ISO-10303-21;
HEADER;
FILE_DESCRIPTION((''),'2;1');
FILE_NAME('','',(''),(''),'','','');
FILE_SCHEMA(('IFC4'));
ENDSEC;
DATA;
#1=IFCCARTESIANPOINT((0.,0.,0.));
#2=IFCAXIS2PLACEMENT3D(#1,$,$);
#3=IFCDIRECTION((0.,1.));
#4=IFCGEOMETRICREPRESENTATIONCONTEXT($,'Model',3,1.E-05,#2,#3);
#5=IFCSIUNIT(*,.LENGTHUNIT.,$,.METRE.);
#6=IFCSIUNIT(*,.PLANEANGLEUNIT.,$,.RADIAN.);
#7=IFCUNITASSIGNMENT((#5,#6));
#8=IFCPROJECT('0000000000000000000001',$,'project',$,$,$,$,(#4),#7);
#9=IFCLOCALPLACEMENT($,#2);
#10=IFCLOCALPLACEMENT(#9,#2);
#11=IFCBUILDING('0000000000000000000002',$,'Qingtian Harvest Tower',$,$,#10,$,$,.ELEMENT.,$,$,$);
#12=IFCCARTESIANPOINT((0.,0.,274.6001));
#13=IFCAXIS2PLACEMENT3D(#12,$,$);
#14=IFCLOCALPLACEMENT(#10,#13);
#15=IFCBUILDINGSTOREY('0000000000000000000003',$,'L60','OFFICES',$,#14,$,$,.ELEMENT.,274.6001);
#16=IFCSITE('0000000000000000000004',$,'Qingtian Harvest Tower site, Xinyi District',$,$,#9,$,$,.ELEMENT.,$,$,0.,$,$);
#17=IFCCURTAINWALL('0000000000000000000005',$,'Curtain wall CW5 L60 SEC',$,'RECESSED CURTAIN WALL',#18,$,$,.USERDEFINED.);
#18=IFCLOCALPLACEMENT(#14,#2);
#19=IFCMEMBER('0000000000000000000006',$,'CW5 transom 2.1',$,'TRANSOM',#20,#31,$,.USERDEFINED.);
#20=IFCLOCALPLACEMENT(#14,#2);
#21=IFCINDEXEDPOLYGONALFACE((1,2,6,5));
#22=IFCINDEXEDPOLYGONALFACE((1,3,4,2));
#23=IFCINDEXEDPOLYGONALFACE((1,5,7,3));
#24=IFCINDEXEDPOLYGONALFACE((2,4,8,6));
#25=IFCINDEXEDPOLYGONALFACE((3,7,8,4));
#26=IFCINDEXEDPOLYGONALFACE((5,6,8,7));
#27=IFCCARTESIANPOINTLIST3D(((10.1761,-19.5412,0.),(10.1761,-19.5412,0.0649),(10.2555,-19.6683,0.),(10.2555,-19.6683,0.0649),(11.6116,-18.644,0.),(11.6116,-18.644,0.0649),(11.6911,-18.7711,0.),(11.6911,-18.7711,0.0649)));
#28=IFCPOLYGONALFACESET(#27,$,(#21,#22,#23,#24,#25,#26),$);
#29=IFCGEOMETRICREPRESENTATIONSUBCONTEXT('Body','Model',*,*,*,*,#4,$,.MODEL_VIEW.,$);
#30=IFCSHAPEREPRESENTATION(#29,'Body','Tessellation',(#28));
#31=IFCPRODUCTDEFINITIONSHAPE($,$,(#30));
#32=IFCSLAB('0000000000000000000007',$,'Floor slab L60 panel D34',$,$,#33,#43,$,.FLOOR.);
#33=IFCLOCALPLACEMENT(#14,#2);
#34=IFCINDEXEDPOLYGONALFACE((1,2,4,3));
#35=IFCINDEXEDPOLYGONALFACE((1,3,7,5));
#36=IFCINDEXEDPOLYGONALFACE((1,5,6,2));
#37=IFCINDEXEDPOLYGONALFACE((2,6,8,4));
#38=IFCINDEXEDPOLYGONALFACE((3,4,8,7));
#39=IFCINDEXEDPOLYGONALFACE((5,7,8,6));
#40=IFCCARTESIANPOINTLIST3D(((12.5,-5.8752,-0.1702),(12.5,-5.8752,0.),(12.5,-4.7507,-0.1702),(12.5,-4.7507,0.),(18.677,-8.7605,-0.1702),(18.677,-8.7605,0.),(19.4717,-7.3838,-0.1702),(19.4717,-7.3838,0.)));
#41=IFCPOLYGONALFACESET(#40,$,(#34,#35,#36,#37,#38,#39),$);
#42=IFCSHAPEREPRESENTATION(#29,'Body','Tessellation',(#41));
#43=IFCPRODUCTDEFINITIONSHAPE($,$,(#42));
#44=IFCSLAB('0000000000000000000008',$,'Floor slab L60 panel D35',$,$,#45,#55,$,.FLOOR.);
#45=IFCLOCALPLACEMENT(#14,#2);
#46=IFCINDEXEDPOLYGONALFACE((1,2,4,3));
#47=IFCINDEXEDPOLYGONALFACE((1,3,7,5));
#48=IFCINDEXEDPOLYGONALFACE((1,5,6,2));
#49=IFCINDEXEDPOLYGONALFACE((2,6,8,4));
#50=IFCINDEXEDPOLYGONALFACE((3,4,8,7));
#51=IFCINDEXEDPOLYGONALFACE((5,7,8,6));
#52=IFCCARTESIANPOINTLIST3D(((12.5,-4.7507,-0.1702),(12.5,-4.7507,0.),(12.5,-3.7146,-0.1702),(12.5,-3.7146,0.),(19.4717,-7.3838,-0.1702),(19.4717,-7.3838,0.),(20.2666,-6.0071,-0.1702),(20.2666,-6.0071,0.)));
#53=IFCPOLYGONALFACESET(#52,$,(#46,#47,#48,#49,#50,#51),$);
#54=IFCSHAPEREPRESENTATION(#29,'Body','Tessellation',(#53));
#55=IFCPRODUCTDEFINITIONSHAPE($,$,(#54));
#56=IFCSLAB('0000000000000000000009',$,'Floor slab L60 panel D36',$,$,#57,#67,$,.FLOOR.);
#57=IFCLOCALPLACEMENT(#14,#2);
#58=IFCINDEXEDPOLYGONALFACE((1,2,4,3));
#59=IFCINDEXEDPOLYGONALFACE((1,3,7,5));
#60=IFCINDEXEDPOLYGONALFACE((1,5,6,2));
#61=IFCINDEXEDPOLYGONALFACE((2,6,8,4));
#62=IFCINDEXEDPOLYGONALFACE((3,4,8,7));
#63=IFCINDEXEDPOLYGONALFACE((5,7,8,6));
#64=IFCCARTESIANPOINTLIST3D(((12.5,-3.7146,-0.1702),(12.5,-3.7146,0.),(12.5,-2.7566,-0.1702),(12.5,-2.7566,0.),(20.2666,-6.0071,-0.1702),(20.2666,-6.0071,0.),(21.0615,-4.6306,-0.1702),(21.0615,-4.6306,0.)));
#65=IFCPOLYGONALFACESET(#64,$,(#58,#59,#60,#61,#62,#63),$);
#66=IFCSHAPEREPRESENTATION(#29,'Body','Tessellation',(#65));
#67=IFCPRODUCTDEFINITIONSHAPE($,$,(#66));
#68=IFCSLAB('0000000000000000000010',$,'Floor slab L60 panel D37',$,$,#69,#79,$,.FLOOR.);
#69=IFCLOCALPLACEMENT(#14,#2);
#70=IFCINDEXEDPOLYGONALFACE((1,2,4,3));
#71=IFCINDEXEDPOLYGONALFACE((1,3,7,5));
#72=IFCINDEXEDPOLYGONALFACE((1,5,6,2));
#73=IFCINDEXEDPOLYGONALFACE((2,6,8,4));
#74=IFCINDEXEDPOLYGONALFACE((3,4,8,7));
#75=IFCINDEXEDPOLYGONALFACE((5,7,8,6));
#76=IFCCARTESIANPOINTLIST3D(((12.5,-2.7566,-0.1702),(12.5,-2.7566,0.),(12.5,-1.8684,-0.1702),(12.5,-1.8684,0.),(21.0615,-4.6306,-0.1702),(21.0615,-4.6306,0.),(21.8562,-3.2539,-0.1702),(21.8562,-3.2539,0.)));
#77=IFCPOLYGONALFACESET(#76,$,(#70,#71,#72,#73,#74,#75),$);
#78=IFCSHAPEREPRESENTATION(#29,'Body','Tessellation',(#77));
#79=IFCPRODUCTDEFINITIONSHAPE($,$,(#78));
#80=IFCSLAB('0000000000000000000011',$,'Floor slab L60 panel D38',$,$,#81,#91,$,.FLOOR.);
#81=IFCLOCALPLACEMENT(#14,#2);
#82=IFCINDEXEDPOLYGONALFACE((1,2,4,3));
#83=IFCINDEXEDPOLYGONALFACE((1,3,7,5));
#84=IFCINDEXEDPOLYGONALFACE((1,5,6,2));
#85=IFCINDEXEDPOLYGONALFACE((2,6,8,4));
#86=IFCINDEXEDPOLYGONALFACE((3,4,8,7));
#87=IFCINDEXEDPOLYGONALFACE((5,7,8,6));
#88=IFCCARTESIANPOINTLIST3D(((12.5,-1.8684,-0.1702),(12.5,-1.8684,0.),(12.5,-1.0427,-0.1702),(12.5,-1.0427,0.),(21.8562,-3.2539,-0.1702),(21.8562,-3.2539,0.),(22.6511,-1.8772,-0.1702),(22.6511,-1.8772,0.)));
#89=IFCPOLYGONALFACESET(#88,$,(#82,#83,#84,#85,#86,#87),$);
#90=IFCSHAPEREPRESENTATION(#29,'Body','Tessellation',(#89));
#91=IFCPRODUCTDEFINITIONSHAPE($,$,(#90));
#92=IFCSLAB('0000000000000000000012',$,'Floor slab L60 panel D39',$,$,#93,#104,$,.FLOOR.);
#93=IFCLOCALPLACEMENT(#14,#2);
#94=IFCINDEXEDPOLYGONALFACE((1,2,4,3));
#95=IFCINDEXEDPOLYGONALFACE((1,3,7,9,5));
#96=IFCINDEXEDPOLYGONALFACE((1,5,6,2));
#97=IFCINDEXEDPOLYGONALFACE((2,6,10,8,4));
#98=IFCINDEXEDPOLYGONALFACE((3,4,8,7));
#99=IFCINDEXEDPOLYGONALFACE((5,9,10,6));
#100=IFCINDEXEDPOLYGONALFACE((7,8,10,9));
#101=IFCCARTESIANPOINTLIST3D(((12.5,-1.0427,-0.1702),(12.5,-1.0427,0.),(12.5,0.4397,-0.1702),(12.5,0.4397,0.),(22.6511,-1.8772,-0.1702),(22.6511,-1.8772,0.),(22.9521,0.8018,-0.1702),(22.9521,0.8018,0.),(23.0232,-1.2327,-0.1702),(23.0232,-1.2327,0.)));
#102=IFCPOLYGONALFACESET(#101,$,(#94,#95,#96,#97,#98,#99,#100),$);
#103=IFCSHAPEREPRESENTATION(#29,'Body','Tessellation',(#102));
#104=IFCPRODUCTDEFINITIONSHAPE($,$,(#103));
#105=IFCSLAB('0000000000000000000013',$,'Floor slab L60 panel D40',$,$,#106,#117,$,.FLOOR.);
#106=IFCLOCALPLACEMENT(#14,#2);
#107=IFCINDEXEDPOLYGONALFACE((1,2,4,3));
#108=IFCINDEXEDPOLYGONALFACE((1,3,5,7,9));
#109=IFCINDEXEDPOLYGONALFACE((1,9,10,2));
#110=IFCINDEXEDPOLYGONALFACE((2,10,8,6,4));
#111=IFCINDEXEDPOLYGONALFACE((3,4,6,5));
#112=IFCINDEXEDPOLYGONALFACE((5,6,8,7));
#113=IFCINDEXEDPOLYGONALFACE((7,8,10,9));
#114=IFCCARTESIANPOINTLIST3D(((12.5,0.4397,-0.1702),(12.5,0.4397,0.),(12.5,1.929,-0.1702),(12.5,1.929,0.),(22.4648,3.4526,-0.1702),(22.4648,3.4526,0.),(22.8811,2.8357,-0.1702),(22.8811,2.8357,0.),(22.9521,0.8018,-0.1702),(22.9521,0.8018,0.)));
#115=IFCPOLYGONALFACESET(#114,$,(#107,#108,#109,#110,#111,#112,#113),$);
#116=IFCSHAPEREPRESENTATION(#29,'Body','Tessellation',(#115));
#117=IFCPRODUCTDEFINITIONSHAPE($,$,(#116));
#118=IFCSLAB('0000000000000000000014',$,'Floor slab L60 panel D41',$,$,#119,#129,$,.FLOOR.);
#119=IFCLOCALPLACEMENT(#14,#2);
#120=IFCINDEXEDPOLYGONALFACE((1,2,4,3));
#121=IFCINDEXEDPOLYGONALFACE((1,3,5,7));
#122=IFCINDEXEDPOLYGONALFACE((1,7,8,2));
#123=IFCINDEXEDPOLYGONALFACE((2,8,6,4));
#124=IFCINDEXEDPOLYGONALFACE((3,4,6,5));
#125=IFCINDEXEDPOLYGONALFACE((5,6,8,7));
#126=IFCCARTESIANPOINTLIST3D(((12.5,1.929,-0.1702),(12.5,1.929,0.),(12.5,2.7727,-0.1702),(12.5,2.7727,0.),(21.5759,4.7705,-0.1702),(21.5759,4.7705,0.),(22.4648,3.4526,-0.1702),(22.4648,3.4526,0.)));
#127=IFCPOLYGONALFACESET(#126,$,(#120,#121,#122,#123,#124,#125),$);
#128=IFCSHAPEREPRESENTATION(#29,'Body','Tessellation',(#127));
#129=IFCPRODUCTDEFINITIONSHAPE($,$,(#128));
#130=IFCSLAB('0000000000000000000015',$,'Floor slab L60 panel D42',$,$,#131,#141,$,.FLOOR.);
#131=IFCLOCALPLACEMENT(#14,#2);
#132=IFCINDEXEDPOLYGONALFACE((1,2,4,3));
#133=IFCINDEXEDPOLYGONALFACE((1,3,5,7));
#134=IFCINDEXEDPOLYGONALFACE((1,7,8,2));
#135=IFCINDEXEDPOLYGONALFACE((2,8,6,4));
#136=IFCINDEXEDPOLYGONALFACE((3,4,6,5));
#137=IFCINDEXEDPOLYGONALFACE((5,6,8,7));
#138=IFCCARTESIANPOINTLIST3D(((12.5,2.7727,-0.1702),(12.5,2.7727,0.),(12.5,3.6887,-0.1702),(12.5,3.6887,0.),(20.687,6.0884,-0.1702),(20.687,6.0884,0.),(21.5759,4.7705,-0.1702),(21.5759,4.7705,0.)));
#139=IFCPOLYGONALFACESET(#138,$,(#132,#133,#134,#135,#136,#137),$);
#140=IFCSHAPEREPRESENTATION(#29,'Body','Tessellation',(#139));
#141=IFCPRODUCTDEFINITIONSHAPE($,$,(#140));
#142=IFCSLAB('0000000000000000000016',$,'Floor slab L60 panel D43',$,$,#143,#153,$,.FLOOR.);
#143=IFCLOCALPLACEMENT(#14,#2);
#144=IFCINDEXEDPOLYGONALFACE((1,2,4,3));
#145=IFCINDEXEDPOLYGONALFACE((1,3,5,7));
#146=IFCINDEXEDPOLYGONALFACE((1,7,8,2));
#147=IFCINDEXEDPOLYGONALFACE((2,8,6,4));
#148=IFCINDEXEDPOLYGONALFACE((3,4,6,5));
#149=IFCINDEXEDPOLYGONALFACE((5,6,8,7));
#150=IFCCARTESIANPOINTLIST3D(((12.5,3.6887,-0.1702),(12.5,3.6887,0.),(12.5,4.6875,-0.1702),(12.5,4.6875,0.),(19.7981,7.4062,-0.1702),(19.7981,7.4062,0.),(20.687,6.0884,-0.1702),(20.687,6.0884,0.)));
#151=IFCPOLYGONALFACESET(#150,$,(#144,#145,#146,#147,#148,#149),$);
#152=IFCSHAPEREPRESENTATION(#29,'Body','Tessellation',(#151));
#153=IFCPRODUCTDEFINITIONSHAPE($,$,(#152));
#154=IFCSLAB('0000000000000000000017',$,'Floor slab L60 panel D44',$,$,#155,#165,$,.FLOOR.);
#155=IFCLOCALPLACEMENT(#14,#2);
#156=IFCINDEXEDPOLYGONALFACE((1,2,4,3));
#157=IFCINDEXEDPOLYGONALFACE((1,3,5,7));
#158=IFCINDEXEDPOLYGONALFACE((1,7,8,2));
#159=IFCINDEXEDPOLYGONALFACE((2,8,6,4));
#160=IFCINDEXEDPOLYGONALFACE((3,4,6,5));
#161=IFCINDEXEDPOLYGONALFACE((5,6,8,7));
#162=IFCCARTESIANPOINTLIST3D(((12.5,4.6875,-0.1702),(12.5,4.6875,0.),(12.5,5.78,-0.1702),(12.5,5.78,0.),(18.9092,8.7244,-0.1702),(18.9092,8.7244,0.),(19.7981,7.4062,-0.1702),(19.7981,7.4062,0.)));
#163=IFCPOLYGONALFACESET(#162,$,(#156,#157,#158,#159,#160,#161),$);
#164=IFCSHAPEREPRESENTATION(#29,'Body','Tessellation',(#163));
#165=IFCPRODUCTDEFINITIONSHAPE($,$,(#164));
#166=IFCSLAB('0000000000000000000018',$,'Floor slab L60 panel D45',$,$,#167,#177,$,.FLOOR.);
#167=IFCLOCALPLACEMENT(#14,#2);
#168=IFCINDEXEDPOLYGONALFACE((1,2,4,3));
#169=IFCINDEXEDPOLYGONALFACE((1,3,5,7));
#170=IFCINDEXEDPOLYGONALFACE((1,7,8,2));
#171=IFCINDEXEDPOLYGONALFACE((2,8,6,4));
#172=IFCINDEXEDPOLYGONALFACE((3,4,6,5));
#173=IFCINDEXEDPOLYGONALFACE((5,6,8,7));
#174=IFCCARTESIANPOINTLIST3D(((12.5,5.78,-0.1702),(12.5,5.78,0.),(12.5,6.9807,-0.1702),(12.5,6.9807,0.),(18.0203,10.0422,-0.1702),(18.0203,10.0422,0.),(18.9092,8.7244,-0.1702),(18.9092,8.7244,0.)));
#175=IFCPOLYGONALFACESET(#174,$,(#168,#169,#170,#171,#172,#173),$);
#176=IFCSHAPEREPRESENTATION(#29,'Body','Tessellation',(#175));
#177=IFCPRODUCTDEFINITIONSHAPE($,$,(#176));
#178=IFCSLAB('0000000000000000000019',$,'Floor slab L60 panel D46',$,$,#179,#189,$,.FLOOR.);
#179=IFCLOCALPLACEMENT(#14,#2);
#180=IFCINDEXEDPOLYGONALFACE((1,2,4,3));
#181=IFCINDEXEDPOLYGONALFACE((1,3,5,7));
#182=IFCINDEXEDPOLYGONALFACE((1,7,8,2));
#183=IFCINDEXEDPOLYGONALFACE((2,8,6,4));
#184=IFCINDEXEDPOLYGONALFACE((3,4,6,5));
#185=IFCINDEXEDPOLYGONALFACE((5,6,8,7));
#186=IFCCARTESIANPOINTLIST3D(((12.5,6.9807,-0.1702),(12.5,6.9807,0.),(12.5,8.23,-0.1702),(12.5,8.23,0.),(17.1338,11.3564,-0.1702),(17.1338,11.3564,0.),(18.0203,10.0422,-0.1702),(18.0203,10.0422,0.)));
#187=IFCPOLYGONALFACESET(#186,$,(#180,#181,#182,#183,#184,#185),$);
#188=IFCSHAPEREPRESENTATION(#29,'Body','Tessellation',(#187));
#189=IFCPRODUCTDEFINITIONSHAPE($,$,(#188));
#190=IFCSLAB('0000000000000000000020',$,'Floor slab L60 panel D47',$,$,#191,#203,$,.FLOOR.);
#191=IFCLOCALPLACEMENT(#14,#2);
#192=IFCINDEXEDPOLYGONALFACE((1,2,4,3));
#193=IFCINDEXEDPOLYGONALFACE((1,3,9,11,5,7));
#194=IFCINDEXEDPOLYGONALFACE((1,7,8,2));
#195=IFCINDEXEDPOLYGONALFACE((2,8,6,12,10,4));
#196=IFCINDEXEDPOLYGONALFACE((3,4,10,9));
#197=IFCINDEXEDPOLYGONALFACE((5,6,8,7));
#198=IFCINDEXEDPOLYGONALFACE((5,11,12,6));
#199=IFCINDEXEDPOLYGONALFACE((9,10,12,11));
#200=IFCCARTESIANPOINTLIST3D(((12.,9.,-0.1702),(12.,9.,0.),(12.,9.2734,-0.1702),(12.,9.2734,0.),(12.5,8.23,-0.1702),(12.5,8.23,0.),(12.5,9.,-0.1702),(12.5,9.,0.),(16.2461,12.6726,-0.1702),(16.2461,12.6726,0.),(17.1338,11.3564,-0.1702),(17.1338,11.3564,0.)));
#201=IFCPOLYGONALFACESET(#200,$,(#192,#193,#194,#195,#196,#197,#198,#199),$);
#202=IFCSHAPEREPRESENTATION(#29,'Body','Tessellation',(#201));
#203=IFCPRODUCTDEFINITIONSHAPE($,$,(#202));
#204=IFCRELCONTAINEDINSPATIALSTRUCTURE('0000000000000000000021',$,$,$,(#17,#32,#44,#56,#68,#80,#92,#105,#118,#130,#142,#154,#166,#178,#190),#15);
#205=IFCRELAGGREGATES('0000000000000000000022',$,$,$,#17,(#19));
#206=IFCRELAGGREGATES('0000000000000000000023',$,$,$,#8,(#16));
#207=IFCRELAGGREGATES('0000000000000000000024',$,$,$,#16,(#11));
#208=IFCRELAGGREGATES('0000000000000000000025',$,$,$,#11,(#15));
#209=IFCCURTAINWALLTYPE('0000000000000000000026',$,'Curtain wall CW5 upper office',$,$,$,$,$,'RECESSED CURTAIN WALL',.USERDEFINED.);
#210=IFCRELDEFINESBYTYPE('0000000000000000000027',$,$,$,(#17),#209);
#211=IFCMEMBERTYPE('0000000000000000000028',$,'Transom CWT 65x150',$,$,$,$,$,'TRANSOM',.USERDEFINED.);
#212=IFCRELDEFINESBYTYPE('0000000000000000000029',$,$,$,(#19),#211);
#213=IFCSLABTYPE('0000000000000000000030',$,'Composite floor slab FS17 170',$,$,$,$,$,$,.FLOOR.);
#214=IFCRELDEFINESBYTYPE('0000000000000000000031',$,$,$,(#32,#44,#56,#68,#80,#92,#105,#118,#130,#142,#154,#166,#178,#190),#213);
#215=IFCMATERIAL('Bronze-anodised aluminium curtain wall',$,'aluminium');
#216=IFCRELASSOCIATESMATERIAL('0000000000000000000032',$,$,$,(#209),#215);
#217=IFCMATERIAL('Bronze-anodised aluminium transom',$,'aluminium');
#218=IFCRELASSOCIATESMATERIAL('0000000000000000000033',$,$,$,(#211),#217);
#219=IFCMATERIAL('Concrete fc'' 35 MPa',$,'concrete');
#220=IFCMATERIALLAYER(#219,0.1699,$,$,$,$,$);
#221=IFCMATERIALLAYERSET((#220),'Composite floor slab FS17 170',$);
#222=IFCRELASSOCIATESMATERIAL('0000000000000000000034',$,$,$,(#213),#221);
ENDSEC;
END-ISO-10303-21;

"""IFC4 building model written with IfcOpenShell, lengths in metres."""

from ifc_helpers import new_model, si_unit, direction, frame, origin, origin_2d, place, context, subcontext, project, spatial, polyline, rectangle, outline, extrude, material, layer, layer_set, material_profile, profile_set, type_object, element, aggregate, save


model = new_model("IFC4")

# Units and contexts
model_context = context("Model", 3, precision=1e-05, world=origin(), true_north=direction((0.0, 1.0)))
body_context = subcontext(model_context, "Body", "Model", "MODEL_VIEW")
ifc_project = project(units=[si_unit("LENGTHUNIT", "METRE"), si_unit("PLANEANGLEUNIT", "RADIAN")], contexts=[model_context])

# Site, building, storey
site_placement = place(None, origin())
site = spatial("IfcSite", under=ifc_project, at=site_placement, Name="Qingtian Harvest Tower site, Xinyi District", CompositionType="ELEMENT", RefElevation=0.0)
building_placement = place(site_placement, origin())
building = spatial("IfcBuilding", under=site, at=building_placement, Name="Qingtian Harvest Tower", CompositionType="ELEMENT")
storey_placement = place(building_placement, frame((0.0, 0.0, 274.6001)))
storey = spatial("IfcBuildingStorey", under=building, at=storey_placement, Name="L60", Description="OFFICES", CompositionType="ELEMENT", Elevation=274.6001)

# Curtain wall, member
ifc_material_1 = material(Name="Bronze-anodised aluminium curtain wall", Category="aluminium")
curtain_wall_type = type_object("IfcCurtainWallType", Name="Curtain wall CW5 upper office", ElementType="RECESSED CURTAIN WALL", PredefinedType="USERDEFINED", material=ifc_material_1)
curtain_wall_placement = place(storey_placement, origin())
curtain_wall = element("IfcCurtainWall", 1, at=curtain_wall_placement, inside=storey, type_object=curtain_wall_type, Name="Curtain wall CW5 L60 SEC", ObjectType="RECESSED CURTAIN WALL", PredefinedType="USERDEFINED")
ifc_material_2 = material(Name="Bronze-anodised aluminium transom", Category="aluminium")
ifc_material_profile = material_profile(ifc_material_2, rectangle(XDim=0.1499, YDim=0.0649, at=origin_2d()), Name="AL 65x150")
ifc_profile_set = profile_set([ifc_material_profile], Name="Bronze-anodised aluminium transom")
member_type = type_object("IfcMemberType", Name="Transom CWT 65x150", ElementType="TRANSOM", PredefinedType="USERDEFINED", material=ifc_profile_set)
member_placement = place(storey_placement, frame((11.6514, -18.7075, 0.0325), z_axis=(-0.847998, -0.529999, 0.0), x_axis=(0.529999, -0.847998, 0.0)))
member = element("IfcMember", 2, at=member_placement, type_object=member_type, Name="CW5 transom 2.1", ObjectType="TRANSOM", PredefinedType="USERDEFINED", context=body_context, shape_type="SweptSolid", body=[
    extrude(rectangle(XDim=0.1499, YDim=0.0649, at=origin_2d()), origin(), (0.0, 0.0, 1.0), 1.6929),
])
aggregate(curtain_wall, [member])

# Slabs
ifc_material_3 = material(Name="Concrete fc' 35 MPa", Category="concrete")
ifc_layer_1 = layer(ifc_material_3, 0.1699)
ifc_layer_set_1 = layer_set([ifc_layer_1], Name="Composite floor slab FS17 170")
slab_type = type_object("IfcSlabType", Name="Composite floor slab FS17 170", PredefinedType="FLOOR", material=ifc_layer_set_1)
slab_1_placement = place(storey_placement, frame((0.0, 0.0, -0.1702)))
element("IfcSlab", 3, at=slab_1_placement, inside=storey, type_object=slab_type, Name="Floor slab L60 panel D34", PredefinedType="FLOOR", context=body_context, shape_type="SweptSolid", body=[
    extrude(outline(polyline([(12.5, -4.7507), (19.4717, -7.3838), (18.677, -8.7605), (12.5, -5.8752), (12.5, -4.7507)])), origin(), (0.0, 0.0, 1.0), 0.1702),
])
slab_2_placement = place(storey_placement, frame((0.0, 0.0, -0.1702)))
element("IfcSlab", 4, at=slab_2_placement, inside=storey, type_object=slab_type, Name="Floor slab L60 panel D35", PredefinedType="FLOOR", context=body_context, shape_type="SweptSolid", body=[
    extrude(outline(polyline([(12.5, -3.7146), (20.2666, -6.0071), (19.4717, -7.3838), (12.5, -4.7507), (12.5, -3.7146)])), origin(), (0.0, 0.0, 1.0), 0.1702),
])
slab_3_placement = place(storey_placement, frame((0.0, 0.0, -0.1702)))
element("IfcSlab", 5, at=slab_3_placement, inside=storey, type_object=slab_type, Name="Floor slab L60 panel D36", PredefinedType="FLOOR", context=body_context, shape_type="SweptSolid", body=[
    extrude(outline(polyline([(12.5, -2.7566), (21.0615, -4.6306), (20.2666, -6.0071), (12.5, -3.7146), (12.5, -2.7566)])), origin(), (0.0, 0.0, 1.0), 0.1702),
])
slab_4_placement = place(storey_placement, frame((0.0, 0.0, -0.1702)))
element("IfcSlab", 6, at=slab_4_placement, inside=storey, type_object=slab_type, Name="Floor slab L60 panel D37", PredefinedType="FLOOR", context=body_context, shape_type="SweptSolid", body=[
    extrude(outline(polyline([(12.5, -1.8684), (21.8562, -3.2539), (21.0615, -4.6306), (12.5, -2.7566), (12.5, -1.8684)])), origin(), (0.0, 0.0, 1.0), 0.1702),
])
slab_5_placement = place(storey_placement, frame((0.0, 0.0, -0.1702)))
element("IfcSlab", 7, at=slab_5_placement, inside=storey, type_object=slab_type, Name="Floor slab L60 panel D38", PredefinedType="FLOOR", context=body_context, shape_type="SweptSolid", body=[
    extrude(outline(polyline([(12.5, -1.0427), (22.6511, -1.8772), (21.8562, -3.2539), (12.5, -1.8684), (12.5, -1.0427)])), origin(), (0.0, 0.0, 1.0), 0.1702),
])
slab_6_placement = place(storey_placement, frame((0.0, 0.0, -0.1702)))
element("IfcSlab", 8, at=slab_6_placement, inside=storey, type_object=slab_type, Name="Floor slab L60 panel D39", PredefinedType="FLOOR", context=body_context, shape_type="SweptSolid", body=[
    extrude(outline(polyline([(12.5, -1.0427), (12.5, 0.4397), (22.9521, 0.8018), (23.0232, -1.2327), (22.6511, -1.8772), (12.5, -1.0427)])), origin(), (0.0, 0.0, 1.0), 0.1702),
])
slab_7_placement = place(storey_placement, frame((0.0, 0.0, -0.1702)))
element("IfcSlab", 9, at=slab_7_placement, inside=storey, type_object=slab_type, Name="Floor slab L60 panel D40", PredefinedType="FLOOR", context=body_context, shape_type="SweptSolid", body=[
    extrude(outline(polyline([(12.5, 0.4397), (12.5, 1.929), (22.4648, 3.4526), (22.8811, 2.8357), (22.9521, 0.8018), (12.5, 0.4397)])), origin(), (0.0, 0.0, 1.0), 0.1702),
])
slab_8_placement = place(storey_placement, frame((0.0, 0.0, -0.1702)))
element("IfcSlab", 10, at=slab_8_placement, inside=storey, type_object=slab_type, Name="Floor slab L60 panel D41", PredefinedType="FLOOR", context=body_context, shape_type="SweptSolid", body=[
    extrude(outline(polyline([(12.5, 2.7727), (21.5759, 4.7705), (22.4648, 3.4526), (12.5, 1.929), (12.5, 2.7727)])), origin(), (0.0, 0.0, 1.0), 0.1702),
])
slab_9_placement = place(storey_placement, frame((0.0, 0.0, -0.1702)))
element("IfcSlab", 11, at=slab_9_placement, inside=storey, type_object=slab_type, Name="Floor slab L60 panel D42", PredefinedType="FLOOR", context=body_context, shape_type="SweptSolid", body=[
    extrude(outline(polyline([(12.5, 3.6887), (20.687, 6.0884), (21.5759, 4.7705), (12.5, 2.7727), (12.5, 3.6887)])), origin(), (0.0, 0.0, 1.0), 0.1702),
])
slab_10_placement = place(storey_placement, frame((0.0, 0.0, -0.1702)))
element("IfcSlab", 12, at=slab_10_placement, inside=storey, type_object=slab_type, Name="Floor slab L60 panel D43", PredefinedType="FLOOR", context=body_context, shape_type="SweptSolid", body=[
    extrude(outline(polyline([(12.5, 4.6875), (19.7981, 7.4062), (20.687, 6.0884), (12.5, 3.6887), (12.5, 4.6875)])), origin(), (0.0, 0.0, 1.0), 0.1702),
])
slab_11_placement = place(storey_placement, frame((0.0, 0.0, -0.1702)))
element("IfcSlab", 13, at=slab_11_placement, inside=storey, type_object=slab_type, Name="Floor slab L60 panel D44", PredefinedType="FLOOR", context=body_context, shape_type="SweptSolid", body=[
    extrude(outline(polyline([(12.5, 5.78), (18.9092, 8.7244), (19.7981, 7.4062), (12.5, 4.6875), (12.5, 5.78)])), origin(), (0.0, 0.0, 1.0), 0.1702),
])
slab_12_placement = place(storey_placement, frame((0.0, 0.0, -0.1702)))
element("IfcSlab", 14, at=slab_12_placement, inside=storey, type_object=slab_type, Name="Floor slab L60 panel D45", PredefinedType="FLOOR", context=body_context, shape_type="SweptSolid", body=[
    extrude(outline(polyline([(12.5, 6.9807), (18.0203, 10.0422), (18.9092, 8.7244), (12.5, 5.78), (12.5, 6.9807)])), origin(), (0.0, 0.0, 1.0), 0.1702),
])
slab_13_placement = place(storey_placement, frame((0.0, 0.0, -0.1702)))
element("IfcSlab", 15, at=slab_13_placement, inside=storey, type_object=slab_type, Name="Floor slab L60 panel D46", PredefinedType="FLOOR", context=body_context, shape_type="SweptSolid", body=[
    extrude(outline(polyline([(12.5, 8.23), (17.1338, 11.3564), (18.0203, 10.0422), (12.5, 6.9807), (12.5, 8.23)])), origin(), (0.0, 0.0, 1.0), 0.1702),
])
slab_14_placement = place(storey_placement, frame((0.0, 0.0, -0.1702)))
element("IfcSlab", 16, at=slab_14_placement, inside=storey, type_object=slab_type, Name="Floor slab L60 panel D47", PredefinedType="FLOOR", context=body_context, shape_type="SweptSolid", body=[
    extrude(outline(polyline([(12.5, 9.0), (12.0, 9.0), (12.0, 9.2734), (16.2461, 12.6726), (17.1338, 11.3564), (12.5, 8.23), (12.5, 9.0)])), origin(), (0.0, 0.0, 1.0), 0.1702),
])

save(model, "model.ifc")
